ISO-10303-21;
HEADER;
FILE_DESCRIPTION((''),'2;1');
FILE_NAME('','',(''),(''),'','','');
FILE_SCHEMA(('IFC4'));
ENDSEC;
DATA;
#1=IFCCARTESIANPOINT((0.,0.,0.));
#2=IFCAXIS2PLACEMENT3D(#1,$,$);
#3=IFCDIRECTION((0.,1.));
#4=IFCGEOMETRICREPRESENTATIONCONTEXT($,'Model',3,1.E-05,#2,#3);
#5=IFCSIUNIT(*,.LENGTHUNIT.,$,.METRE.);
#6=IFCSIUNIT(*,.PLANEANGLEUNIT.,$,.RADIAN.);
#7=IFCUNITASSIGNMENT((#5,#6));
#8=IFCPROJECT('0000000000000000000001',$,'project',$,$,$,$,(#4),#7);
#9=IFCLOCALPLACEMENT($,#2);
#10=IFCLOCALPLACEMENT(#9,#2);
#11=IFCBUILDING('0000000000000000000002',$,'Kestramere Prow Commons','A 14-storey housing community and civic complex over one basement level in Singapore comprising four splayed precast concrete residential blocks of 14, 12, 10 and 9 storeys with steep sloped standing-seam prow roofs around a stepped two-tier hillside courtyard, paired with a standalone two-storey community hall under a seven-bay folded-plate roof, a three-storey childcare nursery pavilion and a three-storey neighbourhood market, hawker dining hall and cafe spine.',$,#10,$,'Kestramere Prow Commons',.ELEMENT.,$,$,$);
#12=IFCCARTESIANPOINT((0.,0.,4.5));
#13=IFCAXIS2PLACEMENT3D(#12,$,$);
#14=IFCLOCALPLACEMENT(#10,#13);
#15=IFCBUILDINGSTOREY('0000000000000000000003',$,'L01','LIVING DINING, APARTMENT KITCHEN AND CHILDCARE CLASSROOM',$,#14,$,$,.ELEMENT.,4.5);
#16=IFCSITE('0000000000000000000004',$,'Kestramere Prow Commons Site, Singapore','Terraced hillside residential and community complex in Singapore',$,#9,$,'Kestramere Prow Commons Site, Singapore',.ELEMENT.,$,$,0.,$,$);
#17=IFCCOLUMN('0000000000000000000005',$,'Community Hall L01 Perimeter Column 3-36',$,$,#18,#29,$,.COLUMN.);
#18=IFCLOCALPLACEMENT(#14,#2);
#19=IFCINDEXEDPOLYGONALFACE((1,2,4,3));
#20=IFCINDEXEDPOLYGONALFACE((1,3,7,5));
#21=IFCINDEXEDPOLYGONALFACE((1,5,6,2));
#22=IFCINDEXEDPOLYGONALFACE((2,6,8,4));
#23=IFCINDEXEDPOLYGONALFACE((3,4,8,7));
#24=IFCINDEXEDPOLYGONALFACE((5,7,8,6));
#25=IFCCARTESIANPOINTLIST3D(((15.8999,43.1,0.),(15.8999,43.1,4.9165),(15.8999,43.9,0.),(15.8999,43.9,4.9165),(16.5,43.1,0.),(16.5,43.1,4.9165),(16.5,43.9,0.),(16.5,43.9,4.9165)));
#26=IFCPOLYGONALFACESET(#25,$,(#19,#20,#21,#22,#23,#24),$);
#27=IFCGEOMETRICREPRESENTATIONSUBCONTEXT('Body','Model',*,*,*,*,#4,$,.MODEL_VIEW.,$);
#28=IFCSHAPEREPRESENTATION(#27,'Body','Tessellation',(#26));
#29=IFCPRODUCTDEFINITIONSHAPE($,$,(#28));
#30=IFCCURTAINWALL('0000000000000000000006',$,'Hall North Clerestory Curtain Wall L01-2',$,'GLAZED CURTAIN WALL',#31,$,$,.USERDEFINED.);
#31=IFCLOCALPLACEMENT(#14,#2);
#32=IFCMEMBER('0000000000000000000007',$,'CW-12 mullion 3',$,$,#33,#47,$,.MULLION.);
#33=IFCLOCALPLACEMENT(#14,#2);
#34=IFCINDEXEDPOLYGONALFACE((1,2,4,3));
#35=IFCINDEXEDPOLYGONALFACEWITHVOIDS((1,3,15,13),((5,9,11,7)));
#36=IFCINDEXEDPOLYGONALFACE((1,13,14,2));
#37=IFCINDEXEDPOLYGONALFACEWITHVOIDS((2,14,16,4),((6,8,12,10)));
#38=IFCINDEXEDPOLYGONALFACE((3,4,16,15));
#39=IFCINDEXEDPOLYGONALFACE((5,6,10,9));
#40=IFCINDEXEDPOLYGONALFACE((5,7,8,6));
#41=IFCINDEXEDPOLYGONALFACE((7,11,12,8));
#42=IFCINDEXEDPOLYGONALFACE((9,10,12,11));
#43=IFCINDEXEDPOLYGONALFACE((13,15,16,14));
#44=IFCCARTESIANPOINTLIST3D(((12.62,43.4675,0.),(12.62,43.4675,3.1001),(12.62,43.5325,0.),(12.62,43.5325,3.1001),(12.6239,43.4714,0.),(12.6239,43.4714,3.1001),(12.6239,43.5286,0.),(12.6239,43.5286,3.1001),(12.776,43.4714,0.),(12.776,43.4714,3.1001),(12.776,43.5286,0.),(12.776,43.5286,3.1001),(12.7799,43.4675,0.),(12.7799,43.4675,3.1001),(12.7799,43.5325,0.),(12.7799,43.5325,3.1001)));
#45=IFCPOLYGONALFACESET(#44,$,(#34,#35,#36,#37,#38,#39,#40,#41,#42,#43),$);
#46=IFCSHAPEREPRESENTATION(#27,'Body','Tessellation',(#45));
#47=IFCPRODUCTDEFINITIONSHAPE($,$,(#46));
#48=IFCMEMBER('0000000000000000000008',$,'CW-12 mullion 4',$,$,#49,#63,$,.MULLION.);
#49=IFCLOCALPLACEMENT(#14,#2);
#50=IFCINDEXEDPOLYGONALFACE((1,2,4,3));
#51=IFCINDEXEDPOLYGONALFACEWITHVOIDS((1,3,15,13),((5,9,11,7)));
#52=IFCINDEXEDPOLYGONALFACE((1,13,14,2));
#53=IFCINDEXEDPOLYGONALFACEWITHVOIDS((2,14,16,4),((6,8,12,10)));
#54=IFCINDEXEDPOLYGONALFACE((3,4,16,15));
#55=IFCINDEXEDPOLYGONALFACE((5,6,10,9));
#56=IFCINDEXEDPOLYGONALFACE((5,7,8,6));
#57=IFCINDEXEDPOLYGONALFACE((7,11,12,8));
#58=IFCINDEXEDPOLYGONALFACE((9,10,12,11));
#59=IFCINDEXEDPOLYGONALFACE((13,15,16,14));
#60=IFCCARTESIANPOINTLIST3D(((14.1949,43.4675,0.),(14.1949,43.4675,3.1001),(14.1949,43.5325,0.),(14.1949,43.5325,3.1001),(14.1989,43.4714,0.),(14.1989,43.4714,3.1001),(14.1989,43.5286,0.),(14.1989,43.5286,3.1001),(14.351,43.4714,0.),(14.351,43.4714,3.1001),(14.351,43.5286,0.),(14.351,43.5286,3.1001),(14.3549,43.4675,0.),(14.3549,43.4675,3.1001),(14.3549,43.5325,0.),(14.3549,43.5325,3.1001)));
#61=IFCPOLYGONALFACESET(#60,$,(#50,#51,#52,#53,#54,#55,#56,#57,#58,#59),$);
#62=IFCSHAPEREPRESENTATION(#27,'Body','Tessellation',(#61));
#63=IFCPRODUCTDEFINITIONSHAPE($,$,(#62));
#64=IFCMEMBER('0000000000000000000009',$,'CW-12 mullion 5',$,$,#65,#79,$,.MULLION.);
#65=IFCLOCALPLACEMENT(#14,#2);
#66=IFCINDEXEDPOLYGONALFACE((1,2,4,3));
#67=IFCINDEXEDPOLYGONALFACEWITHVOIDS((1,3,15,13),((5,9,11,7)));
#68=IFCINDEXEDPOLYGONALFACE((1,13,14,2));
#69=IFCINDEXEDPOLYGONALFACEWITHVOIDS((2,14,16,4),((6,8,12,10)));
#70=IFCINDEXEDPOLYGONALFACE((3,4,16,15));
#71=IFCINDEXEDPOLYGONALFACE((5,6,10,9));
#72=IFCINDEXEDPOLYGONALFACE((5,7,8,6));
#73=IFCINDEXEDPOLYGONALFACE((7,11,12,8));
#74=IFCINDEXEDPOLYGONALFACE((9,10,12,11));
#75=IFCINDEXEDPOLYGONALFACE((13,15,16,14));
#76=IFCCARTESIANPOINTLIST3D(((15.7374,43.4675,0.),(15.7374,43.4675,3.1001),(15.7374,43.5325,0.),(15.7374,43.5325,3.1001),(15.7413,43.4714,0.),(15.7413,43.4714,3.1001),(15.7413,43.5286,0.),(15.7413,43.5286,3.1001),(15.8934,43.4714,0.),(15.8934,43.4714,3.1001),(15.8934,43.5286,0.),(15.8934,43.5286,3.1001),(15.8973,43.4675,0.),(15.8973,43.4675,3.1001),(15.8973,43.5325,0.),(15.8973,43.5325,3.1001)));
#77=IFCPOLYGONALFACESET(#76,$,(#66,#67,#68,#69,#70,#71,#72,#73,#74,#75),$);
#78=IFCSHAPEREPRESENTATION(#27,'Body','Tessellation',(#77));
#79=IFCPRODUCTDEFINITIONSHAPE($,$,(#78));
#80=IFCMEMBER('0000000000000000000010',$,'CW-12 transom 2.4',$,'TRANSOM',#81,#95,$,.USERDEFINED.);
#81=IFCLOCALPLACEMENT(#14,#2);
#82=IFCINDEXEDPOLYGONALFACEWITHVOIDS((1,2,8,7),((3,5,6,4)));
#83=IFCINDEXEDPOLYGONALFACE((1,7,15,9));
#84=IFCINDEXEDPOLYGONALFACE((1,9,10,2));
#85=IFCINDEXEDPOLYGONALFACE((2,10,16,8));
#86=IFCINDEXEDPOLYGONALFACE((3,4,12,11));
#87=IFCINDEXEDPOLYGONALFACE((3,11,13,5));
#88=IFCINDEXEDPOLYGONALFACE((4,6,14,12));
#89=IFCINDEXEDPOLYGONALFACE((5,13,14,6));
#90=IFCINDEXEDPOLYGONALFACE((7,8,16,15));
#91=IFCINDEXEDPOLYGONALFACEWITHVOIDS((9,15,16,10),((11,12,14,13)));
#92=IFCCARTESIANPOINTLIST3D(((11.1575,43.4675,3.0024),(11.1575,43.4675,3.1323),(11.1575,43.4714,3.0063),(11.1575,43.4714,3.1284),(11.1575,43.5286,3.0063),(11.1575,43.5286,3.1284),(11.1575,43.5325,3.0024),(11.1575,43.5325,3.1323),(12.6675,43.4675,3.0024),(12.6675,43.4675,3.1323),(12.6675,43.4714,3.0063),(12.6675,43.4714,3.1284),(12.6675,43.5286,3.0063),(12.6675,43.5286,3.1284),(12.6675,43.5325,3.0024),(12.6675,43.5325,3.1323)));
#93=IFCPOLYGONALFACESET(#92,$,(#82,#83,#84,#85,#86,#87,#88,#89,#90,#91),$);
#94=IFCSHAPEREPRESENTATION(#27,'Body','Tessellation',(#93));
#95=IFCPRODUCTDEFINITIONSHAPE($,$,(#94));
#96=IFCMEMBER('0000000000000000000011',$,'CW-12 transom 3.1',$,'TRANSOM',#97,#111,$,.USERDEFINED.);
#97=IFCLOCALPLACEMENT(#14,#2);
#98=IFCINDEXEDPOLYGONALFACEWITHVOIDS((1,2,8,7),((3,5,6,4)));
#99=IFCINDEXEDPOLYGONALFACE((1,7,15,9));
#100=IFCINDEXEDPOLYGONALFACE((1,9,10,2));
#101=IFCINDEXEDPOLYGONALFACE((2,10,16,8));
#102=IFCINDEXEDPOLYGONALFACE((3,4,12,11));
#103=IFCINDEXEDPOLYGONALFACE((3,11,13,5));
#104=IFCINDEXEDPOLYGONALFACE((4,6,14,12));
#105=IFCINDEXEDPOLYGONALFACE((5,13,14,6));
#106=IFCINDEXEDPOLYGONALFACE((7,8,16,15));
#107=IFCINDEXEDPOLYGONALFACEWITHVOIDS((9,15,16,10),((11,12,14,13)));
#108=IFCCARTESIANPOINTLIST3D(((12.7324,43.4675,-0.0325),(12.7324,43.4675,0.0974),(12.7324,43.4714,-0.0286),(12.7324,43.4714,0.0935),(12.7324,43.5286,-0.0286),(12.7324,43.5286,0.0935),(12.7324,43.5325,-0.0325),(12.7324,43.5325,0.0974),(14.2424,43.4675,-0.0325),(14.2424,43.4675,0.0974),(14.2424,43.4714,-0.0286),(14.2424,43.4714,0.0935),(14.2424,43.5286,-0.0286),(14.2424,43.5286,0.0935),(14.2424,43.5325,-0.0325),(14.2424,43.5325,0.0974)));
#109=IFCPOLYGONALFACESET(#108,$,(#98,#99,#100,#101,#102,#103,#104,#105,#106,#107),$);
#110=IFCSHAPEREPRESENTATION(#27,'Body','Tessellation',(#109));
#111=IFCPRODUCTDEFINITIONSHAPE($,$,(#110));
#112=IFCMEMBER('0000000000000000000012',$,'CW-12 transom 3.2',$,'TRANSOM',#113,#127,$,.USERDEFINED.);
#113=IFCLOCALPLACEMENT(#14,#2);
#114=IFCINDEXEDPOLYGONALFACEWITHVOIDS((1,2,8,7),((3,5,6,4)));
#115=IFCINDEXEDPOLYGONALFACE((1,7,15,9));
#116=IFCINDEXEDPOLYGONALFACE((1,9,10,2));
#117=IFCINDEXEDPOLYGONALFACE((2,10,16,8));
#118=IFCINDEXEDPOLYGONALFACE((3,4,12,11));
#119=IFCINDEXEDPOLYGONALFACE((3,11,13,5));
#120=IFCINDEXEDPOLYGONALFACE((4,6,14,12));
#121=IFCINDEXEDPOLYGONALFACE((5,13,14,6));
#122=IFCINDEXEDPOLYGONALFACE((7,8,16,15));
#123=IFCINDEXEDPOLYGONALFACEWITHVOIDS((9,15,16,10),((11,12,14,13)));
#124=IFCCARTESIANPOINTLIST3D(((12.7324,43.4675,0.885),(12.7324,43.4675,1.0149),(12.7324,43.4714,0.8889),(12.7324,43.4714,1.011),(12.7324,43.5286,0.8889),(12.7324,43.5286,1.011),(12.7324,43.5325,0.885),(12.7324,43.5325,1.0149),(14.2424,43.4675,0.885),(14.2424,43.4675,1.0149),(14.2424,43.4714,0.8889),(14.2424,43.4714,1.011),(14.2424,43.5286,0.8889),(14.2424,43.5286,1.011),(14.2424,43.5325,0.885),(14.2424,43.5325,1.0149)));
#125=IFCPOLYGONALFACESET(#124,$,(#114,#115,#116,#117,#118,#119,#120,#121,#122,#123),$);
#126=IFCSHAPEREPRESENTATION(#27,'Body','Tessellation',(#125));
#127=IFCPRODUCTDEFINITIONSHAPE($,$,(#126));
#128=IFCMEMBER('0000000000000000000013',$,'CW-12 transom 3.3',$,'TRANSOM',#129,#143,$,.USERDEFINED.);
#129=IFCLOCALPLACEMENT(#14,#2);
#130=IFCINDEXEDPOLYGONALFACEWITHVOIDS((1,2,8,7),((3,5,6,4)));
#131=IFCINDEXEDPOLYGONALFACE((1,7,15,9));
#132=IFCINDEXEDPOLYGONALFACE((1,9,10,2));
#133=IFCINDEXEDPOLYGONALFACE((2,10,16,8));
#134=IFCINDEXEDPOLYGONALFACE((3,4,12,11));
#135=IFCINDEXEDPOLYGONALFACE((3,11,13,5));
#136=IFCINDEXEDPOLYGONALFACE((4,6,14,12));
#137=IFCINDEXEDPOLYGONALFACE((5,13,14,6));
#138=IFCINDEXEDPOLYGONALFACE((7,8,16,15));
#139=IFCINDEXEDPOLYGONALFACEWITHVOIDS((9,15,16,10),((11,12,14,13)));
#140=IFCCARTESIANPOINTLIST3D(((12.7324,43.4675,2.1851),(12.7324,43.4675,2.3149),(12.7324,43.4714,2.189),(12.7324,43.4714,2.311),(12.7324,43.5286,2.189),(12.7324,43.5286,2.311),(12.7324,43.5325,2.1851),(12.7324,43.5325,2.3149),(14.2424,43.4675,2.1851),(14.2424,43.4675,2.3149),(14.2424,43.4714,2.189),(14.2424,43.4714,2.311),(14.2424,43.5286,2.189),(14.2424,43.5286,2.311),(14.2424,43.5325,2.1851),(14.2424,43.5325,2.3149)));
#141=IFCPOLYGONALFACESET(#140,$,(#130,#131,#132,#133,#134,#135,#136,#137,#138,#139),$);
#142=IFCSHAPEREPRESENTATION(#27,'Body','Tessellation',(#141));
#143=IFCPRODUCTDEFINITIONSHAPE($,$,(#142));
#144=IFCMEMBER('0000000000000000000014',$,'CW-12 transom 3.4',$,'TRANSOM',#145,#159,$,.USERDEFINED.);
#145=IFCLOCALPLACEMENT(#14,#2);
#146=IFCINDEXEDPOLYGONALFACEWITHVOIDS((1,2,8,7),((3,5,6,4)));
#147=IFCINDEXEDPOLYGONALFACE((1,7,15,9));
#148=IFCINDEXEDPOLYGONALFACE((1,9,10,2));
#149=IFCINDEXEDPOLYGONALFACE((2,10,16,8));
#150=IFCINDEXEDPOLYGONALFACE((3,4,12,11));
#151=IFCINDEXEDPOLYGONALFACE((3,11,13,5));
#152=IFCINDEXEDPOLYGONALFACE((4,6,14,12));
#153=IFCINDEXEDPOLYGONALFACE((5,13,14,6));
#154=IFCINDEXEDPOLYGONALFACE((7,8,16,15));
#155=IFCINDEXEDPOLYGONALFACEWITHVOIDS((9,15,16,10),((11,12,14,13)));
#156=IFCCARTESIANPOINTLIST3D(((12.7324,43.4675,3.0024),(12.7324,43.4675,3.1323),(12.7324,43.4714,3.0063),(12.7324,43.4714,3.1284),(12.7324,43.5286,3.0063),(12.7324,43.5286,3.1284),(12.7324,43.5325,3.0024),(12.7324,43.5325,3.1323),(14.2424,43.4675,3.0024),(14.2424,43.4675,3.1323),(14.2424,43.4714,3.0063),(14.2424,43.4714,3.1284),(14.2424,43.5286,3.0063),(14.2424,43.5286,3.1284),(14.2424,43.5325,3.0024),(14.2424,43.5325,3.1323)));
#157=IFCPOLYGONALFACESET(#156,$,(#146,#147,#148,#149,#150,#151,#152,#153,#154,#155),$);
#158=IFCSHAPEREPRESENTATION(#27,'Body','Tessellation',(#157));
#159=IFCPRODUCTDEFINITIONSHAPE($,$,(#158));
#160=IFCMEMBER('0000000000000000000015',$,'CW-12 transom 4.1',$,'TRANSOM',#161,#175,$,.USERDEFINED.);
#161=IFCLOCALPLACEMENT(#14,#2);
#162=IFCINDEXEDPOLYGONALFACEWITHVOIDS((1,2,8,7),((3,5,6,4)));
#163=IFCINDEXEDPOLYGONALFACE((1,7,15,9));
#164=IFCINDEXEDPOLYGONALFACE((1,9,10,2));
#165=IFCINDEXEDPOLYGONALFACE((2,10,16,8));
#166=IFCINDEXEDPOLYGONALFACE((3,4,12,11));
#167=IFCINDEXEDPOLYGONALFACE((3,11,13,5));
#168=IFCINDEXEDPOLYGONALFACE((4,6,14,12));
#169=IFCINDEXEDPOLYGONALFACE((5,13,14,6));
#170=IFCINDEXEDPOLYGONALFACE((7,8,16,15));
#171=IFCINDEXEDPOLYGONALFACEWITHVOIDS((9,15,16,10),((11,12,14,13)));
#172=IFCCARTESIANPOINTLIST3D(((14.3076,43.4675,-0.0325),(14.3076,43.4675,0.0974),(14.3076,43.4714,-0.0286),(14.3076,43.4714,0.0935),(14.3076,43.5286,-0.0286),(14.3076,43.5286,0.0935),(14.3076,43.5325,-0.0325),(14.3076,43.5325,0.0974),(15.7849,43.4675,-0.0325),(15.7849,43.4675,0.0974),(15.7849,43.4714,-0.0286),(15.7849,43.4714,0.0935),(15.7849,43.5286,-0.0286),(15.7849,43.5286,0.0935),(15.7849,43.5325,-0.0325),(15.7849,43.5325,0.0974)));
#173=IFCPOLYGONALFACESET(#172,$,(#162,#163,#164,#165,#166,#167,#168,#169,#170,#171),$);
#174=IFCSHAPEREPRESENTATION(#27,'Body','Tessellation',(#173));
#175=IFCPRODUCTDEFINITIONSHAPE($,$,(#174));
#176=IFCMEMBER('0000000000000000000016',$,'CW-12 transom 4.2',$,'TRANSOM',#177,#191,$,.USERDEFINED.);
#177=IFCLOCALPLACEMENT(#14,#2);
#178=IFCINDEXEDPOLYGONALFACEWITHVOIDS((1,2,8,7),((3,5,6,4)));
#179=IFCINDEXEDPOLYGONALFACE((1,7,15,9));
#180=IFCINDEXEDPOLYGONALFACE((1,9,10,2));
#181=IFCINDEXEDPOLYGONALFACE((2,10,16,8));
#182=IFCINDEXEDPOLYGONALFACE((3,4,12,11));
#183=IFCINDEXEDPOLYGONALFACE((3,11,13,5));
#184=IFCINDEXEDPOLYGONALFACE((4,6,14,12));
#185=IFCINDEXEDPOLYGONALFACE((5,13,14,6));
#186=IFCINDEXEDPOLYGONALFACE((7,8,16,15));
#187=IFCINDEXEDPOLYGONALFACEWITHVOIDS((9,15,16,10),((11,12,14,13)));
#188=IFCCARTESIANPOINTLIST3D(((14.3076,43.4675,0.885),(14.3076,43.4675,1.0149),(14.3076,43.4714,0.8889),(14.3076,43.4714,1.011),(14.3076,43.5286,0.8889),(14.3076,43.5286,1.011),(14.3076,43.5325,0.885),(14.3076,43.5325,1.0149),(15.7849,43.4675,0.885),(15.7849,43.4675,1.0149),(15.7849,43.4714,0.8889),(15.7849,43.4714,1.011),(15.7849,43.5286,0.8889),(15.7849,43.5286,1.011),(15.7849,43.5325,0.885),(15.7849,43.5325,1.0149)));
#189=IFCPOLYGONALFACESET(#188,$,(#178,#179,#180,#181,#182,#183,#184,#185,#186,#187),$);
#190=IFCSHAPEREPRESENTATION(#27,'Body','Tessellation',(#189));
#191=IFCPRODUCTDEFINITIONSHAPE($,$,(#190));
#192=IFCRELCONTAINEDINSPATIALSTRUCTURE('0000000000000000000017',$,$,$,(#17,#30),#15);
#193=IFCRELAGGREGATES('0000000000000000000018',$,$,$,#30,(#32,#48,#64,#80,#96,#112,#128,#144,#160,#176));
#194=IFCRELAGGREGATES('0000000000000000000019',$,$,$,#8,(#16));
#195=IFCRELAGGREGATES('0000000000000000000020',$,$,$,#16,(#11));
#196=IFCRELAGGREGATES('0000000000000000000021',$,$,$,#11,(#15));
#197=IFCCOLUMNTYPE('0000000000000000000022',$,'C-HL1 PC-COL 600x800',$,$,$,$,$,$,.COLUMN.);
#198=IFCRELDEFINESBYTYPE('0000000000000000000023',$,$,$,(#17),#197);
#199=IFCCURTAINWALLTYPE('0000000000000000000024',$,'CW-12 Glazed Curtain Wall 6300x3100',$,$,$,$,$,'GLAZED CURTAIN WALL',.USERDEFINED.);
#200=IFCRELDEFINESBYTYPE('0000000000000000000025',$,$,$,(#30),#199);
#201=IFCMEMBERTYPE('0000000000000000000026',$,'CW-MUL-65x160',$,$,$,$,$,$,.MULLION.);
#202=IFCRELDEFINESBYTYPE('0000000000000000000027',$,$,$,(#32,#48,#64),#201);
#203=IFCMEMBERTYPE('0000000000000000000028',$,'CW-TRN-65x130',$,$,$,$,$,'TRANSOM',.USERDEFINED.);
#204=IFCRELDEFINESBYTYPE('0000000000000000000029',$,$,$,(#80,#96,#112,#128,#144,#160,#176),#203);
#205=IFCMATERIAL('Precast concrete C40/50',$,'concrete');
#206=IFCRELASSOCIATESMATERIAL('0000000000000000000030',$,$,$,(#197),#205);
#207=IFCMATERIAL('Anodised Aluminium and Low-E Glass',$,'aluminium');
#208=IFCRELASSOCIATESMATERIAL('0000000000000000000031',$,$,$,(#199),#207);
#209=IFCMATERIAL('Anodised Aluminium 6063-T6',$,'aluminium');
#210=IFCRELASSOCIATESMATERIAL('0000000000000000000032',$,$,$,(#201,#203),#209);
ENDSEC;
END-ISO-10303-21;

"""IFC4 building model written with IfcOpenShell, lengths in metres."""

from ifc_helpers import new_model, si_unit, direction, frame, origin, origin_2d, place, context, subcontext, project, spatial, rectangle, hollow_rectangle, extrude, material, material_profile, profile_set, type_object, element, aggregate, save


model = new_model("IFC4")

# Units and contexts
model_context = context("Model", 3, precision=1e-05, world=origin(), true_north=direction((0.0, 1.0)))
body_context = subcontext(model_context, "Body", "Model", "MODEL_VIEW")
ifc_project = project(units=[si_unit("LENGTHUNIT", "METRE"), si_unit("PLANEANGLEUNIT", "RADIAN")], contexts=[model_context])

# Site, building, storey
site_placement = place(None, origin())
site = spatial("IfcSite", under=ifc_project, at=site_placement, Name="Kestramere Prow Commons Site, Singapore", Description="Terraced hillside residential and community complex in Singapore", LongName="Kestramere Prow Commons Site, Singapore", CompositionType="ELEMENT", RefElevation=0.0)
building_placement = place(site_placement, origin())
building = spatial("IfcBuilding", under=site, at=building_placement, Name="Kestramere Prow Commons", Description="A 14-storey housing community and civic complex over one basement level in Singapore comprising four splayed precast concrete residential blocks of 14, 12, 10 and 9 storeys with steep sloped standing-seam prow roofs around a stepped two-tier hillside courtyard, paired with a standalone two-storey community hall under a seven-bay folded-plate roof, a three-storey childcare nursery pavilion and a three-storey neighbourhood market, hawker dining hall and cafe spine.", LongName="Kestramere Prow Commons", CompositionType="ELEMENT")
storey_placement = place(building_placement, frame((0.0, 0.0, 4.5)))
storey = spatial("IfcBuildingStorey", under=building, at=storey_placement, Name="L01", Description="LIVING DINING, APARTMENT KITCHEN AND CHILDCARE CLASSROOM", CompositionType="ELEMENT", Elevation=4.5)

# Column
ifc_material_1 = material(Name="Precast concrete C40/50", Category="concrete")
ifc_material_profile_1 = material_profile(ifc_material_1, rectangle(XDim=0.6001, YDim=0.8, at=origin_2d()), Name="PC-COL 600x800")
ifc_profile_set_1 = profile_set([ifc_material_profile_1], Name="Precast concrete C40/50")
column_type = type_object("IfcColumnType", Name="C-HL1 PC-COL 600x800", PredefinedType="COLUMN", material=ifc_profile_set_1)
column_placement = place(storey_placement, frame((16.2, 43.5, 0.0), z_axis=(0.0, 0.0, 1.0), x_axis=(1.0, 0.0, 0.0)))
element("IfcColumn", 1, at=column_placement, inside=storey, type_object=column_type, Name="Community Hall L01 Perimeter Column 3-36", PredefinedType="COLUMN", context=body_context, shape_type="SweptSolid", body=[
    extrude(rectangle(XDim=0.6001, YDim=0.8, at=origin_2d()), origin(), (0.0, 0.0, 1.0), 4.9165),
])

# Curtain wall, members
ifc_material_2 = material(Name="Anodised Aluminium and Low-E Glass", Category="aluminium")
curtain_wall_type = type_object("IfcCurtainWallType", Name="CW-12 Glazed Curtain Wall 6300x3100", ElementType="GLAZED CURTAIN WALL", PredefinedType="USERDEFINED", material=ifc_material_2)
curtain_wall_placement = place(storey_placement, origin())
curtain_wall = element("IfcCurtainWall", 2, at=curtain_wall_placement, inside=storey, type_object=curtain_wall_type, Name="Hall North Clerestory Curtain Wall L01-2", ObjectType="GLAZED CURTAIN WALL", PredefinedType="USERDEFINED")
ifc_material_3 = material(Name="Anodised Aluminium 6063-T6", Category="aluminium")
ifc_material_profile_2 = material_profile(ifc_material_3, hollow_rectangle(XDim=0.0649, YDim=0.1599, WallThickness=0.0039, at=origin_2d()), Name="ALU-MUL 65x160")
ifc_profile_set_2 = profile_set([ifc_material_profile_2], Name="Anodised Aluminium 6063-T6")
member_type_1 = type_object("IfcMemberType", Name="CW-MUL-65x160", PredefinedType="MULLION", material=ifc_profile_set_2)
member_1_placement = place(storey_placement, frame((12.7, 43.5, 0.0), z_axis=(0.0, 0.0, 1.0), x_axis=(0.0, 1.0, 0.0)))
member_1 = element("IfcMember", 3, at=member_1_placement, type_object=member_type_1, Name="CW-12 mullion 3", PredefinedType="MULLION", context=body_context, shape_type="SweptSolid", body=[
    extrude(hollow_rectangle(XDim=0.0649, YDim=0.1599, WallThickness=0.0039, at=origin_2d()), origin(), (0.0, 0.0, 1.0), 3.1001),
])
member_2_placement = place(storey_placement, frame((14.2749, 43.5, 0.0), z_axis=(0.0, 0.0, 1.0), x_axis=(0.0, 1.0, 0.0)))
member_2 = element("IfcMember", 4, at=member_2_placement, type_object=member_type_1, Name="CW-12 mullion 4", PredefinedType="MULLION", context=body_context, shape_type="SweptSolid", body=[
    extrude(hollow_rectangle(XDim=0.0649, YDim=0.1599, WallThickness=0.0039, at=origin_2d()), origin(), (0.0, 0.0, 1.0), 3.1001),
])
member_3_placement = place(storey_placement, frame((15.8174, 43.5, 0.0), z_axis=(0.0, 0.0, 1.0), x_axis=(0.0, 1.0, 0.0)))
member_3 = element("IfcMember", 5, at=member_3_placement, type_object=member_type_1, Name="CW-12 mullion 5", PredefinedType="MULLION", context=body_context, shape_type="SweptSolid", body=[
    extrude(hollow_rectangle(XDim=0.0649, YDim=0.1599, WallThickness=0.0039, at=origin_2d()), origin(), (0.0, 0.0, 1.0), 3.1001),
])
ifc_material_profile_3 = material_profile(ifc_material_3, hollow_rectangle(XDim=0.0649, YDim=0.1299, WallThickness=0.0039, at=origin_2d()), Name="ALU-TRN 65x130")
ifc_profile_set_3 = profile_set([ifc_material_profile_3], Name="Anodised Aluminium 6063-T6")
member_type_2 = type_object("IfcMemberType", Name="CW-TRN-65x130", ElementType="TRANSOM", PredefinedType="USERDEFINED", material=ifc_profile_set_3)
member_4_placement = place(storey_placement, frame((11.1575, 43.5, 3.0674), z_axis=(1.0, 0.0, 0.0), x_axis=(0.0, 1.0, 0.0)))
member_4 = element("IfcMember", 6, at=member_4_placement, type_object=member_type_2, Name="CW-12 transom 2.4", ObjectType="TRANSOM", PredefinedType="USERDEFINED", context=body_context, shape_type="SweptSolid", body=[
    extrude(hollow_rectangle(XDim=0.0649, YDim=0.1299, WallThickness=0.0039, at=origin_2d()), origin(), (0.0, 0.0, 1.0), 1.51),
])
member_5_placement = place(storey_placement, frame((12.7324, 43.5, 0.0325), z_axis=(1.0, 0.0, 0.0), x_axis=(0.0, 1.0, 0.0)))
member_5 = element("IfcMember", 7, at=member_5_placement, type_object=member_type_2, Name="CW-12 transom 3.1", ObjectType="TRANSOM", PredefinedType="USERDEFINED", context=body_context, shape_type="SweptSolid", body=[
    extrude(hollow_rectangle(XDim=0.0649, YDim=0.1299, WallThickness=0.0039, at=origin_2d()), origin(), (0.0, 0.0, 1.0), 1.51),
])
member_6_placement = place(storey_placement, frame((12.7324, 43.5, 0.95), z_axis=(1.0, 0.0, 0.0), x_axis=(0.0, 1.0, 0.0)))
member_6 = element("IfcMember", 8, at=member_6_placement, type_object=member_type_2, Name="CW-12 transom 3.2", ObjectType="TRANSOM", PredefinedType="USERDEFINED", context=body_context, shape_type="SweptSolid", body=[
    extrude(hollow_rectangle(XDim=0.0649, YDim=0.1299, WallThickness=0.0039, at=origin_2d()), origin(), (0.0, 0.0, 1.0), 1.51),
])
member_7_placement = place(storey_placement, frame((12.7324, 43.5, 2.25), z_axis=(1.0, 0.0, 0.0), x_axis=(0.0, 1.0, 0.0)))
member_7 = element("IfcMember", 9, at=member_7_placement, type_object=member_type_2, Name="CW-12 transom 3.3", ObjectType="TRANSOM", PredefinedType="USERDEFINED", context=body_context, shape_type="SweptSolid", body=[
    extrude(hollow_rectangle(XDim=0.0649, YDim=0.1299, WallThickness=0.0039, at=origin_2d()), origin(), (0.0, 0.0, 1.0), 1.51),
])
member_8_placement = place(storey_placement, frame((12.7324, 43.5, 3.0674), z_axis=(1.0, 0.0, 0.0), x_axis=(0.0, 1.0, 0.0)))
member_8 = element("IfcMember", 10, at=member_8_placement, type_object=member_type_2, Name="CW-12 transom 3.4", ObjectType="TRANSOM", PredefinedType="USERDEFINED", context=body_context, shape_type="SweptSolid", body=[
    extrude(hollow_rectangle(XDim=0.0649, YDim=0.1299, WallThickness=0.0039, at=origin_2d()), origin(), (0.0, 0.0, 1.0), 1.51),
])
member_9_placement = place(storey_placement, frame((14.3076, 43.5, 0.0325), z_axis=(1.0, 0.0, 0.0), x_axis=(0.0, 1.0, 0.0)))
member_9 = element("IfcMember", 11, at=member_9_placement, type_object=member_type_2, Name="CW-12 transom 4.1", ObjectType="TRANSOM", PredefinedType="USERDEFINED", context=body_context, shape_type="SweptSolid", body=[
    extrude(hollow_rectangle(XDim=0.0649, YDim=0.1299, WallThickness=0.0039, at=origin_2d()), origin(), (0.0, 0.0, 1.0), 1.4773),
])
member_10_placement = place(storey_placement, frame((14.3076, 43.5, 0.95), z_axis=(1.0, 0.0, 0.0), x_axis=(0.0, 1.0, 0.0)))
member_10 = element("IfcMember", 12, at=member_10_placement, type_object=member_type_2, Name="CW-12 transom 4.2", ObjectType="TRANSOM", PredefinedType="USERDEFINED", context=body_context, shape_type="SweptSolid", body=[
    extrude(hollow_rectangle(XDim=0.0649, YDim=0.1299, WallThickness=0.0039, at=origin_2d()), origin(), (0.0, 0.0, 1.0), 1.4773),
])
aggregate(curtain_wall, [member_1, member_2, member_3, member_4, member_5, member_6, member_7, member_8, member_9, member_10])

save(model, "model.ifc")
